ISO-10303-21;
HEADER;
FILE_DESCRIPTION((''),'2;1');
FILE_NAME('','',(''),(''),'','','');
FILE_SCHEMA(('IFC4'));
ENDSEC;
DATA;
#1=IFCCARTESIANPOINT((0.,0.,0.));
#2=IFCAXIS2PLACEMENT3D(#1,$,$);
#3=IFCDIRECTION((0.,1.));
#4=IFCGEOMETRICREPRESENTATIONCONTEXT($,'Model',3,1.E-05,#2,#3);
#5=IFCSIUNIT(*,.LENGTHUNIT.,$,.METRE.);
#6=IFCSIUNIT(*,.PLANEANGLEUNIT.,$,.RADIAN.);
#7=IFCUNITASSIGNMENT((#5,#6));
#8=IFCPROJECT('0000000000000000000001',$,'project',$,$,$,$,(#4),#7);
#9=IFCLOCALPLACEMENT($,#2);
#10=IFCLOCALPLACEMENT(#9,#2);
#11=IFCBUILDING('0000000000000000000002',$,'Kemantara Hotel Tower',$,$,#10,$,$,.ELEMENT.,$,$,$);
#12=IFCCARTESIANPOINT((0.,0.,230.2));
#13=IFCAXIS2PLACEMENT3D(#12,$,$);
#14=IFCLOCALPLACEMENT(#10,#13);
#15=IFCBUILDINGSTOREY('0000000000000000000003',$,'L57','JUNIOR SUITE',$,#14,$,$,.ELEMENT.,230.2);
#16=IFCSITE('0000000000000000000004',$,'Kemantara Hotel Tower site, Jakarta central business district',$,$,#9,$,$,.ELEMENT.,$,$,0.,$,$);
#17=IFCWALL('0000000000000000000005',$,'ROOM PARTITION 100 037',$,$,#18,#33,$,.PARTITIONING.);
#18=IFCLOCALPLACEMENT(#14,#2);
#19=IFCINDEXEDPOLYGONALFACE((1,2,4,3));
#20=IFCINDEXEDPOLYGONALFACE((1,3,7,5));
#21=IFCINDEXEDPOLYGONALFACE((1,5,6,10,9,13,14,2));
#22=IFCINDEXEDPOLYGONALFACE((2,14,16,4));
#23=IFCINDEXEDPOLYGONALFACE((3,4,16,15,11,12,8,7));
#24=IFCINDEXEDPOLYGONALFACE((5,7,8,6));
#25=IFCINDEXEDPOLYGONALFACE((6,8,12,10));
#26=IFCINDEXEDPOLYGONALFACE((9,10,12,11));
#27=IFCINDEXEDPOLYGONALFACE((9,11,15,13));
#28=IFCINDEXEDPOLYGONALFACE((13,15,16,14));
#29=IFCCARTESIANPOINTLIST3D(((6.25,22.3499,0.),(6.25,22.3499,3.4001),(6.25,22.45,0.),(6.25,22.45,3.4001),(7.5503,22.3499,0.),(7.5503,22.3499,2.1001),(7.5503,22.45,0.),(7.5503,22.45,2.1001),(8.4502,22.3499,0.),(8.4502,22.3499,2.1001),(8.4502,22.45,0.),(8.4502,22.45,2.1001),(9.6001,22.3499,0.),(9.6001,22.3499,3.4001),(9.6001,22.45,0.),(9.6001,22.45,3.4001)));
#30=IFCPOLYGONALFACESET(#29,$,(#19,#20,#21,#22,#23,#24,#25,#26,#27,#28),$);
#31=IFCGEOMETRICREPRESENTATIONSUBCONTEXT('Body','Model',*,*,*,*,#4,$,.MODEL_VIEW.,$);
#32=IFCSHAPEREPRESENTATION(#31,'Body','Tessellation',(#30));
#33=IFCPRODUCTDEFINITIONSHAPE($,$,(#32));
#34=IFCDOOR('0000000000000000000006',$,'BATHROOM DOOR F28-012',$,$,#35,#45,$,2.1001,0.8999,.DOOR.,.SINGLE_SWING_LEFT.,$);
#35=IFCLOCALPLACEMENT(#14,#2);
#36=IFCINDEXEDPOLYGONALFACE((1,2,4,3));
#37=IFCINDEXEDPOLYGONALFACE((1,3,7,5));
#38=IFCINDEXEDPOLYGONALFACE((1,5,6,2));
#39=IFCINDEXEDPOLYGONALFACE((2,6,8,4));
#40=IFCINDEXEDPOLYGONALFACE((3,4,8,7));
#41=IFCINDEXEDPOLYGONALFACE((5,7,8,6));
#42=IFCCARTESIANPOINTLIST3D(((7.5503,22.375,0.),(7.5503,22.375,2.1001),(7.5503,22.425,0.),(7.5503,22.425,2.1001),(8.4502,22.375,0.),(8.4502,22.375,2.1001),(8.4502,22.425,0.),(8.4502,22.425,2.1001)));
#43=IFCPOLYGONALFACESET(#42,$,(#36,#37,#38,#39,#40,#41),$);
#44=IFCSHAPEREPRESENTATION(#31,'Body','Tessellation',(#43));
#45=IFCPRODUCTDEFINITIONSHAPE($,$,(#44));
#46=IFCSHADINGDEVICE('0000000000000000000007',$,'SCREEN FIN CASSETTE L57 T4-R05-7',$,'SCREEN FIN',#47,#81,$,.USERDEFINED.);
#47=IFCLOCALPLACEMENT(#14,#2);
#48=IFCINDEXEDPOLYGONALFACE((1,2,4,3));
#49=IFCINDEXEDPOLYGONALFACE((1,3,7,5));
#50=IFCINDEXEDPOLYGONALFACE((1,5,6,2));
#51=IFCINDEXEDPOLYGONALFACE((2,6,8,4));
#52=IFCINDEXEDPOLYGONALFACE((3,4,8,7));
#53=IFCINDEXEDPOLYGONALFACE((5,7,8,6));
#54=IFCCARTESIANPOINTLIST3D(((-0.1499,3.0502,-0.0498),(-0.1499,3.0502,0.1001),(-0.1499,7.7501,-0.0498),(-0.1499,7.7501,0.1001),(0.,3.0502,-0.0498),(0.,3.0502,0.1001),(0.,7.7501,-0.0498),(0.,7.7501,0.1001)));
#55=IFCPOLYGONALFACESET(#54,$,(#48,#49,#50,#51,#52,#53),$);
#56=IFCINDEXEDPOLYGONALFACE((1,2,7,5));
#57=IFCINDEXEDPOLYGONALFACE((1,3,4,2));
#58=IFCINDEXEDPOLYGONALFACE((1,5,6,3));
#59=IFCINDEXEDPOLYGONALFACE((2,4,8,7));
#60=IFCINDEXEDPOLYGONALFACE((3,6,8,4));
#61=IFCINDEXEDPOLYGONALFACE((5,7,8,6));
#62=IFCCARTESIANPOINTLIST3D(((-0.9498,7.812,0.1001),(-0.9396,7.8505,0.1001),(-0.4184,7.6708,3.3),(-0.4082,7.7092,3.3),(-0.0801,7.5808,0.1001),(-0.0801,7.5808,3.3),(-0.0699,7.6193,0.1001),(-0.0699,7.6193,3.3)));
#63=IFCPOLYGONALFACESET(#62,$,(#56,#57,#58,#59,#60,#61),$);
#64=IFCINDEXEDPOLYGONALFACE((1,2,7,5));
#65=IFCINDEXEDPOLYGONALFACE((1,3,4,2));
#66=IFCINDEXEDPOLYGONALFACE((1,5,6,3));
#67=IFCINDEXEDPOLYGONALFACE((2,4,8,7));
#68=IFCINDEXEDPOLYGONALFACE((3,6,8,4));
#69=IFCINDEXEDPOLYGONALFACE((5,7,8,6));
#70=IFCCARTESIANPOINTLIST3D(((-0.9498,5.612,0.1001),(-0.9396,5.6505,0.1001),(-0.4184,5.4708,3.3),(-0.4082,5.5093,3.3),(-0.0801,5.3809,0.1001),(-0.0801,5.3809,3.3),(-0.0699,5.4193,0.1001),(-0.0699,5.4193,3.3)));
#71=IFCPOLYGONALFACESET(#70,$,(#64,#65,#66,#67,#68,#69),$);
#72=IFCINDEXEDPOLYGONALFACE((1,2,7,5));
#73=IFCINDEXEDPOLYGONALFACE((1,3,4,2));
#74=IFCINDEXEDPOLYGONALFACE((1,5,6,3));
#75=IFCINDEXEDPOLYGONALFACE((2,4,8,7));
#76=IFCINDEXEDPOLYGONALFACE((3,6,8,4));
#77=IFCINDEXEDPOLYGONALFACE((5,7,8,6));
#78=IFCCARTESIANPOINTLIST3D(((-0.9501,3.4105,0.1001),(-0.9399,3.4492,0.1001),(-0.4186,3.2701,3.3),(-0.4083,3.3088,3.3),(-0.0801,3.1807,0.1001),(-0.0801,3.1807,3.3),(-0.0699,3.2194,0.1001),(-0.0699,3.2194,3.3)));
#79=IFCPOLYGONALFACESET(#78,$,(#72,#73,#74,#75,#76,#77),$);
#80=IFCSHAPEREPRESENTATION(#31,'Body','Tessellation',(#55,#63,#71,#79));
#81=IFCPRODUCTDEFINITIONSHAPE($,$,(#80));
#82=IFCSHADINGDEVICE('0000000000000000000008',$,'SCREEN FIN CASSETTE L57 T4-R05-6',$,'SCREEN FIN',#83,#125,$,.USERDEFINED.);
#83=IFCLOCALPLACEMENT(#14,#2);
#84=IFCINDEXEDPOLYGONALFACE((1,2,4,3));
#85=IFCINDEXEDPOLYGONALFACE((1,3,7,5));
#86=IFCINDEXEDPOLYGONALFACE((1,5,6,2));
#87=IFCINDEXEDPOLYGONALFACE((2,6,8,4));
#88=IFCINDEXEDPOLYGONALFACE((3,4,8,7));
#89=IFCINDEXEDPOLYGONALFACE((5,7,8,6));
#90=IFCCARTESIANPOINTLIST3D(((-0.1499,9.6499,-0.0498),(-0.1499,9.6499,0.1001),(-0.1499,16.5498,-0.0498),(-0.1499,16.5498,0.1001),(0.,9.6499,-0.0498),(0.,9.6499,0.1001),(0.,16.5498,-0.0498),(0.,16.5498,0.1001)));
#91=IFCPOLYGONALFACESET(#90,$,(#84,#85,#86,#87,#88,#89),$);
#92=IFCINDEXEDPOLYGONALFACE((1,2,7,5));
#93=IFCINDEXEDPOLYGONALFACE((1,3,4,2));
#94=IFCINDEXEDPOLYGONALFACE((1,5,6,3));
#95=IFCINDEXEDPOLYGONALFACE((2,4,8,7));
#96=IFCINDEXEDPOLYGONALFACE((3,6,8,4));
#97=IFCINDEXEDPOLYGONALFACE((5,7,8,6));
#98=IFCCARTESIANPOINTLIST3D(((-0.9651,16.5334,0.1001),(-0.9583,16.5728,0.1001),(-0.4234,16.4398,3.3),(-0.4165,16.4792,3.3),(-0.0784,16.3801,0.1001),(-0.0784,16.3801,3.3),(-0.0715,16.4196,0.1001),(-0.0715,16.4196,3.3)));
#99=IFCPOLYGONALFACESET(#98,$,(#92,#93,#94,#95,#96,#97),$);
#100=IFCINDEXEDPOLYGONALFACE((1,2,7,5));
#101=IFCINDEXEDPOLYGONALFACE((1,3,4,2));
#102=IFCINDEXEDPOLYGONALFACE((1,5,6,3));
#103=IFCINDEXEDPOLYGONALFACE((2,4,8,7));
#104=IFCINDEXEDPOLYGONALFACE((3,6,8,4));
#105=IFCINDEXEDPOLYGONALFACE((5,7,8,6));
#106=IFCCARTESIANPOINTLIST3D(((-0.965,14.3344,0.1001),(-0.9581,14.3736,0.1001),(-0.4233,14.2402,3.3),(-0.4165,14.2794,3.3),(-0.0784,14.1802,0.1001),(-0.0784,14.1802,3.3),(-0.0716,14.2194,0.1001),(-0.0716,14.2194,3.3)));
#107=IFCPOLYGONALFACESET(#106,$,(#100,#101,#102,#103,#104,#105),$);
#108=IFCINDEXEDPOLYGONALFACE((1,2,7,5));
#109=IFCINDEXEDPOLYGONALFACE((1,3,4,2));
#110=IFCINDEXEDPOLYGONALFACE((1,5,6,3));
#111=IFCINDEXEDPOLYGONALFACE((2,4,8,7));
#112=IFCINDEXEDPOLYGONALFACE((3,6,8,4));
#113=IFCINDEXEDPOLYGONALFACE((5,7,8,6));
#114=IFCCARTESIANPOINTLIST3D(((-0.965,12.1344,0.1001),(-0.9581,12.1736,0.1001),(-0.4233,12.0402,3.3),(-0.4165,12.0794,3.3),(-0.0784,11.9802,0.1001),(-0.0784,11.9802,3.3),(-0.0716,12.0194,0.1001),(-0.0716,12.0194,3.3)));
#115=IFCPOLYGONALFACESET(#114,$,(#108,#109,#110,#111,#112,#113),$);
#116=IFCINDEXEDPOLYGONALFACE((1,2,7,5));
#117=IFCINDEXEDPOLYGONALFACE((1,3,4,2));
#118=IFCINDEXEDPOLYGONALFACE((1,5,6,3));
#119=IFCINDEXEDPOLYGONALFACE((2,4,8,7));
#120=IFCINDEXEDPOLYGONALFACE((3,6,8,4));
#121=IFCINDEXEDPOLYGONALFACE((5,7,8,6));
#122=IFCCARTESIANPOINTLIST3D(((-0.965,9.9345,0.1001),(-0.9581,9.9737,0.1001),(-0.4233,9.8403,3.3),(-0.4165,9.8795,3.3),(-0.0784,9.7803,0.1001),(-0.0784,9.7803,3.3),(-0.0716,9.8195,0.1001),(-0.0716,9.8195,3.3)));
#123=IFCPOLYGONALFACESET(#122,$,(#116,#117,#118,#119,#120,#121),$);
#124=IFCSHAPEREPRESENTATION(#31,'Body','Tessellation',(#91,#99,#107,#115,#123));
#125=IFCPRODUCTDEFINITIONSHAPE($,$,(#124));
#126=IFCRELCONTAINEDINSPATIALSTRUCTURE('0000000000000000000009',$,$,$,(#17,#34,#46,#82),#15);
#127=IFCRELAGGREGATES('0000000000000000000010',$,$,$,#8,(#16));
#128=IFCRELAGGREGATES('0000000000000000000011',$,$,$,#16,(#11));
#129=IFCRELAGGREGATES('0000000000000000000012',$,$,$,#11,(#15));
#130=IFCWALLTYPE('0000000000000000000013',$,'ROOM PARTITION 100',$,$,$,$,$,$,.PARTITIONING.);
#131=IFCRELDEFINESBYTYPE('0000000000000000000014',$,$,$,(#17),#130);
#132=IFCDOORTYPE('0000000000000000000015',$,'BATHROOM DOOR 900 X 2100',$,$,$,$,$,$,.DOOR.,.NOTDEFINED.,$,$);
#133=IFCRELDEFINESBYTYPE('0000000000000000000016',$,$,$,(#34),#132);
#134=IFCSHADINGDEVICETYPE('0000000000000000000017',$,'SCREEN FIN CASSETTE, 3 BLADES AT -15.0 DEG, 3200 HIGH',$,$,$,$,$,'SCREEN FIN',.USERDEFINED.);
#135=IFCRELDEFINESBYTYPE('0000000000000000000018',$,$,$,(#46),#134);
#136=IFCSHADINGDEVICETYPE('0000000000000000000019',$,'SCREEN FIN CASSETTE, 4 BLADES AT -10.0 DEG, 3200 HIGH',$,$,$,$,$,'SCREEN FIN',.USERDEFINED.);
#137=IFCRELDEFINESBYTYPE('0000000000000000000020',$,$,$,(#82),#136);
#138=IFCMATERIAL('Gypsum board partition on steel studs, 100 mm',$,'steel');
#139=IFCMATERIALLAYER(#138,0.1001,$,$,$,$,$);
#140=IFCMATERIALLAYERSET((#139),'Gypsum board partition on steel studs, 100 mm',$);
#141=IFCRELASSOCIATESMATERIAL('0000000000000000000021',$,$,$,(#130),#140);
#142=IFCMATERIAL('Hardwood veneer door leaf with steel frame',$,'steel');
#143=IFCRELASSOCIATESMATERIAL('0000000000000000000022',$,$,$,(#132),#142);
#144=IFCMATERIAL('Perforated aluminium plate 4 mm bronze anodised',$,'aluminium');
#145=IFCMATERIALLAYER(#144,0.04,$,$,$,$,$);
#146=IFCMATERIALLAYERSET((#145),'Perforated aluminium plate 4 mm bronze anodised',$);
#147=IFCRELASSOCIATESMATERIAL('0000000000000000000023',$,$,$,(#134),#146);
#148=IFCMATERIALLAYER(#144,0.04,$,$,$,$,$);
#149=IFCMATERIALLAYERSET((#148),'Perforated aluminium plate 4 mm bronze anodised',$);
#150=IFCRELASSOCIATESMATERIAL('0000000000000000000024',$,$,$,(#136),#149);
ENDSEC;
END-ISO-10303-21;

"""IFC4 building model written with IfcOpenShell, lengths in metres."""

from ifc_helpers import new_model, si_unit, direction, frame, frame_2d, origin, origin_2d, place, context, subcontext, project, spatial, polyline, rectangle, outline, extrude, source, transform, mapped, material, layer, layer_set, type_object, element, fill, save


model = new_model("IFC4")

# Units and contexts
model_context = context("Model", 3, precision=1e-05, world=origin(), true_north=direction((0.0, 1.0)))
body_context = subcontext(model_context, "Body", "Model", "MODEL_VIEW")
ifc_project = project(units=[si_unit("LENGTHUNIT", "METRE"), si_unit("PLANEANGLEUNIT", "RADIAN")], contexts=[model_context])

# Site, building, storey
site_placement = place(None, origin())
site = spatial("IfcSite", under=ifc_project, at=site_placement, Name="Kemantara Hotel Tower site, Jakarta central business district", CompositionType="ELEMENT", RefElevation=0.0)
building_placement = place(site_placement, origin())
building = spatial("IfcBuilding", under=site, at=building_placement, Name="Kemantara Hotel Tower", CompositionType="ELEMENT")
storey_placement = place(building_placement, frame((0.0, 0.0, 230.2)))
storey = spatial("IfcBuildingStorey", under=building, at=storey_placement, Name="L57", Description="JUNIOR SUITE", CompositionType="ELEMENT", Elevation=230.2)

# Shared definitions
ifc_material_1 = material(Name="Hardwood veneer door leaf with steel frame", Category="steel")

# Shared definitions
ifc_material_2 = material(Name="Gypsum board partition on steel studs, 100 mm", Category="steel")
ifc_layer_1 = layer(ifc_material_2, 0.1001)
ifc_layer_set_1 = layer_set([ifc_layer_1], Name="Gypsum board partition on steel studs, 100 mm")
wall_type_1 = type_object("IfcWallType", Name="ROOM PARTITION 100", PredefinedType="PARTITIONING", material=ifc_layer_set_1)
door_type_1 = type_object("IfcDoorType", Name="BATHROOM DOOR 900 X 2100", OperationType="NOTDEFINED", PredefinedType="DOOR", material=ifc_material_1)

# Wall, opening, door
wall_1_placement = place(storey_placement, frame((9.6001, 22.3999, 0.0), z_axis=(0.0, 0.0, 1.0), x_axis=(-1.0, 0.0, 0.0)))
wall_1 = element("IfcWall", 1, at=wall_1_placement, inside=storey, type_object=wall_type_1, Name="ROOM PARTITION 100 037", PredefinedType="PARTITIONING", context=body_context, shape_type="SweptSolid", body=[
    extrude(rectangle(XDim=3.3501, YDim=0.1001, at=frame_2d((1.675, 0.0))), origin(), (0.0, 0.0, 1.0), 3.4001),
])
opening_1_placement = place(wall_1_placement, frame((1.1499, 0.0, 0.0)))
opening_1 = element("IfcOpeningElement", 2, at=opening_1_placement, cuts=wall_1, PredefinedType="OPENING", context=body_context, shape_type="SweptSolid", body=[
    extrude(rectangle(XDim=0.8999, YDim=2.1001, at=frame_2d((0.45, 1.05))), frame((0.0, 0.0601, 0.0), z_axis=(0.0, -1.0, 0.0), x_axis=(1.0, 0.0, 0.0)), (0.0, 0.0, 1.0), 0.1201),
])
door_1_placement = place(opening_1_placement, origin())
door_1 = element("IfcDoor", 3, at=door_1_placement, inside=storey, type_object=door_type_1, Name="BATHROOM DOOR F28-012", OperationType="SINGLE_SWING_LEFT", OverallHeight=2.1001, OverallWidth=0.8999, PredefinedType="DOOR", context=body_context, shape_type="SweptSolid", body=[
    extrude(rectangle(XDim=0.8999, YDim=2.1001, at=frame_2d((0.45, 1.05))), frame((0.0, 0.0249, 0.0), z_axis=(0.0, -1.0, 0.0), x_axis=(1.0, 0.0, 0.0)), (0.0, 0.0, 1.0), 0.05),
])
fill(opening_1, door_1)

# Shading devices
ifc_material_3 = material(Name="Perforated aluminium plate 4 mm bronze anodised", Category="aluminium")
ifc_layer_2 = layer(ifc_material_3, 0.04)
ifc_layer_set_2 = layer_set([ifc_layer_2], Name="Perforated aluminium plate 4 mm bronze anodised")
shading_device_type_1 = type_object("IfcShadingDeviceType", Name="SCREEN FIN CASSETTE, 3 BLADES AT -15.0 DEG, 3200 HIGH", ElementType="SCREEN FIN", PredefinedType="USERDEFINED", material=ifc_layer_set_2)
shared_shape_1 = source(origin(), body_context, "Body", "SweptSolid", [
    extrude(rectangle(XDim=4.7, YDim=0.1499, at=origin_2d()), frame((2.2, -0.075, -0.1499), z_axis=(0.0, 0.0, 1.0), x_axis=(1.0, 0.0, 0.0)), (0.0, 0.0, 1.0), 0.1499),
    extrude(outline(polyline([(0.0, 0.0), (0.8999, 0.0), (0.3501, 3.2), (0.0, 3.2), (0.0, 0.0)])), frame((0.0193, -0.0801, 0.0), z_axis=(-0.966438, 0.256901, 0.0), x_axis=(-0.256901, -0.966438, 0.0)), (0.0, 0.0, 1.0), 0.0398),
    extrude(outline(polyline([(0.0, 0.0), (0.8999, 0.0), (0.3501, 3.2), (0.0, 3.2), (0.0, 0.0)])), frame((2.2192, -0.0801, 0.0), z_axis=(-0.966438, 0.256901, 0.0), x_axis=(-0.256901, -0.966438, 0.0)), (0.0, 0.0, 1.0), 0.0398),
    extrude(outline(polyline([(0.0, 0.0), (0.8999, 0.0), (0.3501, 3.2), (0.0, 3.2), (0.0, 0.0)])), frame((4.4194, -0.0801, 0.0), z_axis=(-0.966838, 0.255391, 0.0), x_axis=(-0.255391, -0.966838, 0.0)), (0.0, 0.0, 1.0), 0.04),
])
shading_device_1_placement = place(storey_placement, frame((0.0, 7.6001, 0.1001), z_axis=(0.0, 0.0, 1.0), x_axis=(0.0, -1.0, 0.0)))
element("IfcShadingDevice", 4, at=shading_device_1_placement, inside=storey, type_object=shading_device_type_1, Name="SCREEN FIN CASSETTE L57 T4-R05-7", ObjectType="SCREEN FIN", PredefinedType="USERDEFINED", context=body_context, shape_type="MappedRepresentation", body=[
    mapped(shared_shape_1, transform((0.0, 0.0, 0.0))),
])
ifc_layer_3 = layer(ifc_material_3, 0.04)
ifc_layer_set_3 = layer_set([ifc_layer_3], Name="Perforated aluminium plate 4 mm bronze anodised")
shading_device_type_2 = type_object("IfcShadingDeviceType", Name="SCREEN FIN CASSETTE, 4 BLADES AT -10.0 DEG, 3200 HIGH", ElementType="SCREEN FIN", PredefinedType="USERDEFINED", material=ifc_layer_set_3)
shared_shape_2 = source(origin(), body_context, "Body", "SweptSolid", [
    extrude(rectangle(XDim=6.8999, YDim=0.1499, at=origin_2d()), frame((3.3, -0.075, -0.1499), z_axis=(0.0, 0.0, 1.0), x_axis=(1.0, 0.0, 0.0)), (0.0, 0.0, 1.0), 0.1499),
    extrude(outline(polyline([(0.0, 0.0), (0.8999, 0.0), (0.3501, 3.2), (0.0, 3.2), (0.0, 0.0)])), frame((0.0198, -0.0784, 0.0), z_axis=(-0.98539, 0.170314, 0.0), x_axis=(-0.170314, -0.98539, 0.0)), (0.0, 0.0, 1.0), 0.04),
    extrude(outline(polyline([(0.0, 0.0), (0.8999, 0.0), (0.3501, 3.2), (0.0, 3.2), (0.0, 0.0)])), frame((2.2197, -0.0784, 0.0), z_axis=(-0.985212, 0.171341, 0.0), x_axis=(-0.171341, -0.985212, 0.0)), (0.0, 0.0, 1.0), 0.0398),
    extrude(outline(polyline([(0.0, 0.0), (0.8999, 0.0), (0.3501, 3.2), (0.0, 3.2), (0.0, 0.0)])), frame((4.4197, -0.0784, 0.0), z_axis=(-0.985212, 0.171341, 0.0), x_axis=(-0.171341, -0.985212, 0.0)), (0.0, 0.0, 1.0), 0.0398),
    extrude(outline(polyline([(0.0, 0.0), (0.8999, 0.0), (0.3501, 3.2), (0.0, 3.2), (0.0, 0.0)])), frame((6.6196, -0.0784, 0.0), z_axis=(-0.985212, 0.171341, 0.0), x_axis=(-0.171341, -0.985212, 0.0)), (0.0, 0.0, 1.0), 0.0398),
])
shading_device_2_placement = place(storey_placement, frame((0.0, 16.3999, 0.1001), z_axis=(0.0, 0.0, 1.0), x_axis=(0.0, -1.0, 0.0)))
element("IfcShadingDevice", 5, at=shading_device_2_placement, inside=storey, type_object=shading_device_type_2, Name="SCREEN FIN CASSETTE L57 T4-R05-6", ObjectType="SCREEN FIN", PredefinedType="USERDEFINED", context=body_context, shape_type="MappedRepresentation", body=[
    mapped(shared_shape_2, transform((0.0, 0.0, 0.0))),
])

save(model, "model.ifc")
